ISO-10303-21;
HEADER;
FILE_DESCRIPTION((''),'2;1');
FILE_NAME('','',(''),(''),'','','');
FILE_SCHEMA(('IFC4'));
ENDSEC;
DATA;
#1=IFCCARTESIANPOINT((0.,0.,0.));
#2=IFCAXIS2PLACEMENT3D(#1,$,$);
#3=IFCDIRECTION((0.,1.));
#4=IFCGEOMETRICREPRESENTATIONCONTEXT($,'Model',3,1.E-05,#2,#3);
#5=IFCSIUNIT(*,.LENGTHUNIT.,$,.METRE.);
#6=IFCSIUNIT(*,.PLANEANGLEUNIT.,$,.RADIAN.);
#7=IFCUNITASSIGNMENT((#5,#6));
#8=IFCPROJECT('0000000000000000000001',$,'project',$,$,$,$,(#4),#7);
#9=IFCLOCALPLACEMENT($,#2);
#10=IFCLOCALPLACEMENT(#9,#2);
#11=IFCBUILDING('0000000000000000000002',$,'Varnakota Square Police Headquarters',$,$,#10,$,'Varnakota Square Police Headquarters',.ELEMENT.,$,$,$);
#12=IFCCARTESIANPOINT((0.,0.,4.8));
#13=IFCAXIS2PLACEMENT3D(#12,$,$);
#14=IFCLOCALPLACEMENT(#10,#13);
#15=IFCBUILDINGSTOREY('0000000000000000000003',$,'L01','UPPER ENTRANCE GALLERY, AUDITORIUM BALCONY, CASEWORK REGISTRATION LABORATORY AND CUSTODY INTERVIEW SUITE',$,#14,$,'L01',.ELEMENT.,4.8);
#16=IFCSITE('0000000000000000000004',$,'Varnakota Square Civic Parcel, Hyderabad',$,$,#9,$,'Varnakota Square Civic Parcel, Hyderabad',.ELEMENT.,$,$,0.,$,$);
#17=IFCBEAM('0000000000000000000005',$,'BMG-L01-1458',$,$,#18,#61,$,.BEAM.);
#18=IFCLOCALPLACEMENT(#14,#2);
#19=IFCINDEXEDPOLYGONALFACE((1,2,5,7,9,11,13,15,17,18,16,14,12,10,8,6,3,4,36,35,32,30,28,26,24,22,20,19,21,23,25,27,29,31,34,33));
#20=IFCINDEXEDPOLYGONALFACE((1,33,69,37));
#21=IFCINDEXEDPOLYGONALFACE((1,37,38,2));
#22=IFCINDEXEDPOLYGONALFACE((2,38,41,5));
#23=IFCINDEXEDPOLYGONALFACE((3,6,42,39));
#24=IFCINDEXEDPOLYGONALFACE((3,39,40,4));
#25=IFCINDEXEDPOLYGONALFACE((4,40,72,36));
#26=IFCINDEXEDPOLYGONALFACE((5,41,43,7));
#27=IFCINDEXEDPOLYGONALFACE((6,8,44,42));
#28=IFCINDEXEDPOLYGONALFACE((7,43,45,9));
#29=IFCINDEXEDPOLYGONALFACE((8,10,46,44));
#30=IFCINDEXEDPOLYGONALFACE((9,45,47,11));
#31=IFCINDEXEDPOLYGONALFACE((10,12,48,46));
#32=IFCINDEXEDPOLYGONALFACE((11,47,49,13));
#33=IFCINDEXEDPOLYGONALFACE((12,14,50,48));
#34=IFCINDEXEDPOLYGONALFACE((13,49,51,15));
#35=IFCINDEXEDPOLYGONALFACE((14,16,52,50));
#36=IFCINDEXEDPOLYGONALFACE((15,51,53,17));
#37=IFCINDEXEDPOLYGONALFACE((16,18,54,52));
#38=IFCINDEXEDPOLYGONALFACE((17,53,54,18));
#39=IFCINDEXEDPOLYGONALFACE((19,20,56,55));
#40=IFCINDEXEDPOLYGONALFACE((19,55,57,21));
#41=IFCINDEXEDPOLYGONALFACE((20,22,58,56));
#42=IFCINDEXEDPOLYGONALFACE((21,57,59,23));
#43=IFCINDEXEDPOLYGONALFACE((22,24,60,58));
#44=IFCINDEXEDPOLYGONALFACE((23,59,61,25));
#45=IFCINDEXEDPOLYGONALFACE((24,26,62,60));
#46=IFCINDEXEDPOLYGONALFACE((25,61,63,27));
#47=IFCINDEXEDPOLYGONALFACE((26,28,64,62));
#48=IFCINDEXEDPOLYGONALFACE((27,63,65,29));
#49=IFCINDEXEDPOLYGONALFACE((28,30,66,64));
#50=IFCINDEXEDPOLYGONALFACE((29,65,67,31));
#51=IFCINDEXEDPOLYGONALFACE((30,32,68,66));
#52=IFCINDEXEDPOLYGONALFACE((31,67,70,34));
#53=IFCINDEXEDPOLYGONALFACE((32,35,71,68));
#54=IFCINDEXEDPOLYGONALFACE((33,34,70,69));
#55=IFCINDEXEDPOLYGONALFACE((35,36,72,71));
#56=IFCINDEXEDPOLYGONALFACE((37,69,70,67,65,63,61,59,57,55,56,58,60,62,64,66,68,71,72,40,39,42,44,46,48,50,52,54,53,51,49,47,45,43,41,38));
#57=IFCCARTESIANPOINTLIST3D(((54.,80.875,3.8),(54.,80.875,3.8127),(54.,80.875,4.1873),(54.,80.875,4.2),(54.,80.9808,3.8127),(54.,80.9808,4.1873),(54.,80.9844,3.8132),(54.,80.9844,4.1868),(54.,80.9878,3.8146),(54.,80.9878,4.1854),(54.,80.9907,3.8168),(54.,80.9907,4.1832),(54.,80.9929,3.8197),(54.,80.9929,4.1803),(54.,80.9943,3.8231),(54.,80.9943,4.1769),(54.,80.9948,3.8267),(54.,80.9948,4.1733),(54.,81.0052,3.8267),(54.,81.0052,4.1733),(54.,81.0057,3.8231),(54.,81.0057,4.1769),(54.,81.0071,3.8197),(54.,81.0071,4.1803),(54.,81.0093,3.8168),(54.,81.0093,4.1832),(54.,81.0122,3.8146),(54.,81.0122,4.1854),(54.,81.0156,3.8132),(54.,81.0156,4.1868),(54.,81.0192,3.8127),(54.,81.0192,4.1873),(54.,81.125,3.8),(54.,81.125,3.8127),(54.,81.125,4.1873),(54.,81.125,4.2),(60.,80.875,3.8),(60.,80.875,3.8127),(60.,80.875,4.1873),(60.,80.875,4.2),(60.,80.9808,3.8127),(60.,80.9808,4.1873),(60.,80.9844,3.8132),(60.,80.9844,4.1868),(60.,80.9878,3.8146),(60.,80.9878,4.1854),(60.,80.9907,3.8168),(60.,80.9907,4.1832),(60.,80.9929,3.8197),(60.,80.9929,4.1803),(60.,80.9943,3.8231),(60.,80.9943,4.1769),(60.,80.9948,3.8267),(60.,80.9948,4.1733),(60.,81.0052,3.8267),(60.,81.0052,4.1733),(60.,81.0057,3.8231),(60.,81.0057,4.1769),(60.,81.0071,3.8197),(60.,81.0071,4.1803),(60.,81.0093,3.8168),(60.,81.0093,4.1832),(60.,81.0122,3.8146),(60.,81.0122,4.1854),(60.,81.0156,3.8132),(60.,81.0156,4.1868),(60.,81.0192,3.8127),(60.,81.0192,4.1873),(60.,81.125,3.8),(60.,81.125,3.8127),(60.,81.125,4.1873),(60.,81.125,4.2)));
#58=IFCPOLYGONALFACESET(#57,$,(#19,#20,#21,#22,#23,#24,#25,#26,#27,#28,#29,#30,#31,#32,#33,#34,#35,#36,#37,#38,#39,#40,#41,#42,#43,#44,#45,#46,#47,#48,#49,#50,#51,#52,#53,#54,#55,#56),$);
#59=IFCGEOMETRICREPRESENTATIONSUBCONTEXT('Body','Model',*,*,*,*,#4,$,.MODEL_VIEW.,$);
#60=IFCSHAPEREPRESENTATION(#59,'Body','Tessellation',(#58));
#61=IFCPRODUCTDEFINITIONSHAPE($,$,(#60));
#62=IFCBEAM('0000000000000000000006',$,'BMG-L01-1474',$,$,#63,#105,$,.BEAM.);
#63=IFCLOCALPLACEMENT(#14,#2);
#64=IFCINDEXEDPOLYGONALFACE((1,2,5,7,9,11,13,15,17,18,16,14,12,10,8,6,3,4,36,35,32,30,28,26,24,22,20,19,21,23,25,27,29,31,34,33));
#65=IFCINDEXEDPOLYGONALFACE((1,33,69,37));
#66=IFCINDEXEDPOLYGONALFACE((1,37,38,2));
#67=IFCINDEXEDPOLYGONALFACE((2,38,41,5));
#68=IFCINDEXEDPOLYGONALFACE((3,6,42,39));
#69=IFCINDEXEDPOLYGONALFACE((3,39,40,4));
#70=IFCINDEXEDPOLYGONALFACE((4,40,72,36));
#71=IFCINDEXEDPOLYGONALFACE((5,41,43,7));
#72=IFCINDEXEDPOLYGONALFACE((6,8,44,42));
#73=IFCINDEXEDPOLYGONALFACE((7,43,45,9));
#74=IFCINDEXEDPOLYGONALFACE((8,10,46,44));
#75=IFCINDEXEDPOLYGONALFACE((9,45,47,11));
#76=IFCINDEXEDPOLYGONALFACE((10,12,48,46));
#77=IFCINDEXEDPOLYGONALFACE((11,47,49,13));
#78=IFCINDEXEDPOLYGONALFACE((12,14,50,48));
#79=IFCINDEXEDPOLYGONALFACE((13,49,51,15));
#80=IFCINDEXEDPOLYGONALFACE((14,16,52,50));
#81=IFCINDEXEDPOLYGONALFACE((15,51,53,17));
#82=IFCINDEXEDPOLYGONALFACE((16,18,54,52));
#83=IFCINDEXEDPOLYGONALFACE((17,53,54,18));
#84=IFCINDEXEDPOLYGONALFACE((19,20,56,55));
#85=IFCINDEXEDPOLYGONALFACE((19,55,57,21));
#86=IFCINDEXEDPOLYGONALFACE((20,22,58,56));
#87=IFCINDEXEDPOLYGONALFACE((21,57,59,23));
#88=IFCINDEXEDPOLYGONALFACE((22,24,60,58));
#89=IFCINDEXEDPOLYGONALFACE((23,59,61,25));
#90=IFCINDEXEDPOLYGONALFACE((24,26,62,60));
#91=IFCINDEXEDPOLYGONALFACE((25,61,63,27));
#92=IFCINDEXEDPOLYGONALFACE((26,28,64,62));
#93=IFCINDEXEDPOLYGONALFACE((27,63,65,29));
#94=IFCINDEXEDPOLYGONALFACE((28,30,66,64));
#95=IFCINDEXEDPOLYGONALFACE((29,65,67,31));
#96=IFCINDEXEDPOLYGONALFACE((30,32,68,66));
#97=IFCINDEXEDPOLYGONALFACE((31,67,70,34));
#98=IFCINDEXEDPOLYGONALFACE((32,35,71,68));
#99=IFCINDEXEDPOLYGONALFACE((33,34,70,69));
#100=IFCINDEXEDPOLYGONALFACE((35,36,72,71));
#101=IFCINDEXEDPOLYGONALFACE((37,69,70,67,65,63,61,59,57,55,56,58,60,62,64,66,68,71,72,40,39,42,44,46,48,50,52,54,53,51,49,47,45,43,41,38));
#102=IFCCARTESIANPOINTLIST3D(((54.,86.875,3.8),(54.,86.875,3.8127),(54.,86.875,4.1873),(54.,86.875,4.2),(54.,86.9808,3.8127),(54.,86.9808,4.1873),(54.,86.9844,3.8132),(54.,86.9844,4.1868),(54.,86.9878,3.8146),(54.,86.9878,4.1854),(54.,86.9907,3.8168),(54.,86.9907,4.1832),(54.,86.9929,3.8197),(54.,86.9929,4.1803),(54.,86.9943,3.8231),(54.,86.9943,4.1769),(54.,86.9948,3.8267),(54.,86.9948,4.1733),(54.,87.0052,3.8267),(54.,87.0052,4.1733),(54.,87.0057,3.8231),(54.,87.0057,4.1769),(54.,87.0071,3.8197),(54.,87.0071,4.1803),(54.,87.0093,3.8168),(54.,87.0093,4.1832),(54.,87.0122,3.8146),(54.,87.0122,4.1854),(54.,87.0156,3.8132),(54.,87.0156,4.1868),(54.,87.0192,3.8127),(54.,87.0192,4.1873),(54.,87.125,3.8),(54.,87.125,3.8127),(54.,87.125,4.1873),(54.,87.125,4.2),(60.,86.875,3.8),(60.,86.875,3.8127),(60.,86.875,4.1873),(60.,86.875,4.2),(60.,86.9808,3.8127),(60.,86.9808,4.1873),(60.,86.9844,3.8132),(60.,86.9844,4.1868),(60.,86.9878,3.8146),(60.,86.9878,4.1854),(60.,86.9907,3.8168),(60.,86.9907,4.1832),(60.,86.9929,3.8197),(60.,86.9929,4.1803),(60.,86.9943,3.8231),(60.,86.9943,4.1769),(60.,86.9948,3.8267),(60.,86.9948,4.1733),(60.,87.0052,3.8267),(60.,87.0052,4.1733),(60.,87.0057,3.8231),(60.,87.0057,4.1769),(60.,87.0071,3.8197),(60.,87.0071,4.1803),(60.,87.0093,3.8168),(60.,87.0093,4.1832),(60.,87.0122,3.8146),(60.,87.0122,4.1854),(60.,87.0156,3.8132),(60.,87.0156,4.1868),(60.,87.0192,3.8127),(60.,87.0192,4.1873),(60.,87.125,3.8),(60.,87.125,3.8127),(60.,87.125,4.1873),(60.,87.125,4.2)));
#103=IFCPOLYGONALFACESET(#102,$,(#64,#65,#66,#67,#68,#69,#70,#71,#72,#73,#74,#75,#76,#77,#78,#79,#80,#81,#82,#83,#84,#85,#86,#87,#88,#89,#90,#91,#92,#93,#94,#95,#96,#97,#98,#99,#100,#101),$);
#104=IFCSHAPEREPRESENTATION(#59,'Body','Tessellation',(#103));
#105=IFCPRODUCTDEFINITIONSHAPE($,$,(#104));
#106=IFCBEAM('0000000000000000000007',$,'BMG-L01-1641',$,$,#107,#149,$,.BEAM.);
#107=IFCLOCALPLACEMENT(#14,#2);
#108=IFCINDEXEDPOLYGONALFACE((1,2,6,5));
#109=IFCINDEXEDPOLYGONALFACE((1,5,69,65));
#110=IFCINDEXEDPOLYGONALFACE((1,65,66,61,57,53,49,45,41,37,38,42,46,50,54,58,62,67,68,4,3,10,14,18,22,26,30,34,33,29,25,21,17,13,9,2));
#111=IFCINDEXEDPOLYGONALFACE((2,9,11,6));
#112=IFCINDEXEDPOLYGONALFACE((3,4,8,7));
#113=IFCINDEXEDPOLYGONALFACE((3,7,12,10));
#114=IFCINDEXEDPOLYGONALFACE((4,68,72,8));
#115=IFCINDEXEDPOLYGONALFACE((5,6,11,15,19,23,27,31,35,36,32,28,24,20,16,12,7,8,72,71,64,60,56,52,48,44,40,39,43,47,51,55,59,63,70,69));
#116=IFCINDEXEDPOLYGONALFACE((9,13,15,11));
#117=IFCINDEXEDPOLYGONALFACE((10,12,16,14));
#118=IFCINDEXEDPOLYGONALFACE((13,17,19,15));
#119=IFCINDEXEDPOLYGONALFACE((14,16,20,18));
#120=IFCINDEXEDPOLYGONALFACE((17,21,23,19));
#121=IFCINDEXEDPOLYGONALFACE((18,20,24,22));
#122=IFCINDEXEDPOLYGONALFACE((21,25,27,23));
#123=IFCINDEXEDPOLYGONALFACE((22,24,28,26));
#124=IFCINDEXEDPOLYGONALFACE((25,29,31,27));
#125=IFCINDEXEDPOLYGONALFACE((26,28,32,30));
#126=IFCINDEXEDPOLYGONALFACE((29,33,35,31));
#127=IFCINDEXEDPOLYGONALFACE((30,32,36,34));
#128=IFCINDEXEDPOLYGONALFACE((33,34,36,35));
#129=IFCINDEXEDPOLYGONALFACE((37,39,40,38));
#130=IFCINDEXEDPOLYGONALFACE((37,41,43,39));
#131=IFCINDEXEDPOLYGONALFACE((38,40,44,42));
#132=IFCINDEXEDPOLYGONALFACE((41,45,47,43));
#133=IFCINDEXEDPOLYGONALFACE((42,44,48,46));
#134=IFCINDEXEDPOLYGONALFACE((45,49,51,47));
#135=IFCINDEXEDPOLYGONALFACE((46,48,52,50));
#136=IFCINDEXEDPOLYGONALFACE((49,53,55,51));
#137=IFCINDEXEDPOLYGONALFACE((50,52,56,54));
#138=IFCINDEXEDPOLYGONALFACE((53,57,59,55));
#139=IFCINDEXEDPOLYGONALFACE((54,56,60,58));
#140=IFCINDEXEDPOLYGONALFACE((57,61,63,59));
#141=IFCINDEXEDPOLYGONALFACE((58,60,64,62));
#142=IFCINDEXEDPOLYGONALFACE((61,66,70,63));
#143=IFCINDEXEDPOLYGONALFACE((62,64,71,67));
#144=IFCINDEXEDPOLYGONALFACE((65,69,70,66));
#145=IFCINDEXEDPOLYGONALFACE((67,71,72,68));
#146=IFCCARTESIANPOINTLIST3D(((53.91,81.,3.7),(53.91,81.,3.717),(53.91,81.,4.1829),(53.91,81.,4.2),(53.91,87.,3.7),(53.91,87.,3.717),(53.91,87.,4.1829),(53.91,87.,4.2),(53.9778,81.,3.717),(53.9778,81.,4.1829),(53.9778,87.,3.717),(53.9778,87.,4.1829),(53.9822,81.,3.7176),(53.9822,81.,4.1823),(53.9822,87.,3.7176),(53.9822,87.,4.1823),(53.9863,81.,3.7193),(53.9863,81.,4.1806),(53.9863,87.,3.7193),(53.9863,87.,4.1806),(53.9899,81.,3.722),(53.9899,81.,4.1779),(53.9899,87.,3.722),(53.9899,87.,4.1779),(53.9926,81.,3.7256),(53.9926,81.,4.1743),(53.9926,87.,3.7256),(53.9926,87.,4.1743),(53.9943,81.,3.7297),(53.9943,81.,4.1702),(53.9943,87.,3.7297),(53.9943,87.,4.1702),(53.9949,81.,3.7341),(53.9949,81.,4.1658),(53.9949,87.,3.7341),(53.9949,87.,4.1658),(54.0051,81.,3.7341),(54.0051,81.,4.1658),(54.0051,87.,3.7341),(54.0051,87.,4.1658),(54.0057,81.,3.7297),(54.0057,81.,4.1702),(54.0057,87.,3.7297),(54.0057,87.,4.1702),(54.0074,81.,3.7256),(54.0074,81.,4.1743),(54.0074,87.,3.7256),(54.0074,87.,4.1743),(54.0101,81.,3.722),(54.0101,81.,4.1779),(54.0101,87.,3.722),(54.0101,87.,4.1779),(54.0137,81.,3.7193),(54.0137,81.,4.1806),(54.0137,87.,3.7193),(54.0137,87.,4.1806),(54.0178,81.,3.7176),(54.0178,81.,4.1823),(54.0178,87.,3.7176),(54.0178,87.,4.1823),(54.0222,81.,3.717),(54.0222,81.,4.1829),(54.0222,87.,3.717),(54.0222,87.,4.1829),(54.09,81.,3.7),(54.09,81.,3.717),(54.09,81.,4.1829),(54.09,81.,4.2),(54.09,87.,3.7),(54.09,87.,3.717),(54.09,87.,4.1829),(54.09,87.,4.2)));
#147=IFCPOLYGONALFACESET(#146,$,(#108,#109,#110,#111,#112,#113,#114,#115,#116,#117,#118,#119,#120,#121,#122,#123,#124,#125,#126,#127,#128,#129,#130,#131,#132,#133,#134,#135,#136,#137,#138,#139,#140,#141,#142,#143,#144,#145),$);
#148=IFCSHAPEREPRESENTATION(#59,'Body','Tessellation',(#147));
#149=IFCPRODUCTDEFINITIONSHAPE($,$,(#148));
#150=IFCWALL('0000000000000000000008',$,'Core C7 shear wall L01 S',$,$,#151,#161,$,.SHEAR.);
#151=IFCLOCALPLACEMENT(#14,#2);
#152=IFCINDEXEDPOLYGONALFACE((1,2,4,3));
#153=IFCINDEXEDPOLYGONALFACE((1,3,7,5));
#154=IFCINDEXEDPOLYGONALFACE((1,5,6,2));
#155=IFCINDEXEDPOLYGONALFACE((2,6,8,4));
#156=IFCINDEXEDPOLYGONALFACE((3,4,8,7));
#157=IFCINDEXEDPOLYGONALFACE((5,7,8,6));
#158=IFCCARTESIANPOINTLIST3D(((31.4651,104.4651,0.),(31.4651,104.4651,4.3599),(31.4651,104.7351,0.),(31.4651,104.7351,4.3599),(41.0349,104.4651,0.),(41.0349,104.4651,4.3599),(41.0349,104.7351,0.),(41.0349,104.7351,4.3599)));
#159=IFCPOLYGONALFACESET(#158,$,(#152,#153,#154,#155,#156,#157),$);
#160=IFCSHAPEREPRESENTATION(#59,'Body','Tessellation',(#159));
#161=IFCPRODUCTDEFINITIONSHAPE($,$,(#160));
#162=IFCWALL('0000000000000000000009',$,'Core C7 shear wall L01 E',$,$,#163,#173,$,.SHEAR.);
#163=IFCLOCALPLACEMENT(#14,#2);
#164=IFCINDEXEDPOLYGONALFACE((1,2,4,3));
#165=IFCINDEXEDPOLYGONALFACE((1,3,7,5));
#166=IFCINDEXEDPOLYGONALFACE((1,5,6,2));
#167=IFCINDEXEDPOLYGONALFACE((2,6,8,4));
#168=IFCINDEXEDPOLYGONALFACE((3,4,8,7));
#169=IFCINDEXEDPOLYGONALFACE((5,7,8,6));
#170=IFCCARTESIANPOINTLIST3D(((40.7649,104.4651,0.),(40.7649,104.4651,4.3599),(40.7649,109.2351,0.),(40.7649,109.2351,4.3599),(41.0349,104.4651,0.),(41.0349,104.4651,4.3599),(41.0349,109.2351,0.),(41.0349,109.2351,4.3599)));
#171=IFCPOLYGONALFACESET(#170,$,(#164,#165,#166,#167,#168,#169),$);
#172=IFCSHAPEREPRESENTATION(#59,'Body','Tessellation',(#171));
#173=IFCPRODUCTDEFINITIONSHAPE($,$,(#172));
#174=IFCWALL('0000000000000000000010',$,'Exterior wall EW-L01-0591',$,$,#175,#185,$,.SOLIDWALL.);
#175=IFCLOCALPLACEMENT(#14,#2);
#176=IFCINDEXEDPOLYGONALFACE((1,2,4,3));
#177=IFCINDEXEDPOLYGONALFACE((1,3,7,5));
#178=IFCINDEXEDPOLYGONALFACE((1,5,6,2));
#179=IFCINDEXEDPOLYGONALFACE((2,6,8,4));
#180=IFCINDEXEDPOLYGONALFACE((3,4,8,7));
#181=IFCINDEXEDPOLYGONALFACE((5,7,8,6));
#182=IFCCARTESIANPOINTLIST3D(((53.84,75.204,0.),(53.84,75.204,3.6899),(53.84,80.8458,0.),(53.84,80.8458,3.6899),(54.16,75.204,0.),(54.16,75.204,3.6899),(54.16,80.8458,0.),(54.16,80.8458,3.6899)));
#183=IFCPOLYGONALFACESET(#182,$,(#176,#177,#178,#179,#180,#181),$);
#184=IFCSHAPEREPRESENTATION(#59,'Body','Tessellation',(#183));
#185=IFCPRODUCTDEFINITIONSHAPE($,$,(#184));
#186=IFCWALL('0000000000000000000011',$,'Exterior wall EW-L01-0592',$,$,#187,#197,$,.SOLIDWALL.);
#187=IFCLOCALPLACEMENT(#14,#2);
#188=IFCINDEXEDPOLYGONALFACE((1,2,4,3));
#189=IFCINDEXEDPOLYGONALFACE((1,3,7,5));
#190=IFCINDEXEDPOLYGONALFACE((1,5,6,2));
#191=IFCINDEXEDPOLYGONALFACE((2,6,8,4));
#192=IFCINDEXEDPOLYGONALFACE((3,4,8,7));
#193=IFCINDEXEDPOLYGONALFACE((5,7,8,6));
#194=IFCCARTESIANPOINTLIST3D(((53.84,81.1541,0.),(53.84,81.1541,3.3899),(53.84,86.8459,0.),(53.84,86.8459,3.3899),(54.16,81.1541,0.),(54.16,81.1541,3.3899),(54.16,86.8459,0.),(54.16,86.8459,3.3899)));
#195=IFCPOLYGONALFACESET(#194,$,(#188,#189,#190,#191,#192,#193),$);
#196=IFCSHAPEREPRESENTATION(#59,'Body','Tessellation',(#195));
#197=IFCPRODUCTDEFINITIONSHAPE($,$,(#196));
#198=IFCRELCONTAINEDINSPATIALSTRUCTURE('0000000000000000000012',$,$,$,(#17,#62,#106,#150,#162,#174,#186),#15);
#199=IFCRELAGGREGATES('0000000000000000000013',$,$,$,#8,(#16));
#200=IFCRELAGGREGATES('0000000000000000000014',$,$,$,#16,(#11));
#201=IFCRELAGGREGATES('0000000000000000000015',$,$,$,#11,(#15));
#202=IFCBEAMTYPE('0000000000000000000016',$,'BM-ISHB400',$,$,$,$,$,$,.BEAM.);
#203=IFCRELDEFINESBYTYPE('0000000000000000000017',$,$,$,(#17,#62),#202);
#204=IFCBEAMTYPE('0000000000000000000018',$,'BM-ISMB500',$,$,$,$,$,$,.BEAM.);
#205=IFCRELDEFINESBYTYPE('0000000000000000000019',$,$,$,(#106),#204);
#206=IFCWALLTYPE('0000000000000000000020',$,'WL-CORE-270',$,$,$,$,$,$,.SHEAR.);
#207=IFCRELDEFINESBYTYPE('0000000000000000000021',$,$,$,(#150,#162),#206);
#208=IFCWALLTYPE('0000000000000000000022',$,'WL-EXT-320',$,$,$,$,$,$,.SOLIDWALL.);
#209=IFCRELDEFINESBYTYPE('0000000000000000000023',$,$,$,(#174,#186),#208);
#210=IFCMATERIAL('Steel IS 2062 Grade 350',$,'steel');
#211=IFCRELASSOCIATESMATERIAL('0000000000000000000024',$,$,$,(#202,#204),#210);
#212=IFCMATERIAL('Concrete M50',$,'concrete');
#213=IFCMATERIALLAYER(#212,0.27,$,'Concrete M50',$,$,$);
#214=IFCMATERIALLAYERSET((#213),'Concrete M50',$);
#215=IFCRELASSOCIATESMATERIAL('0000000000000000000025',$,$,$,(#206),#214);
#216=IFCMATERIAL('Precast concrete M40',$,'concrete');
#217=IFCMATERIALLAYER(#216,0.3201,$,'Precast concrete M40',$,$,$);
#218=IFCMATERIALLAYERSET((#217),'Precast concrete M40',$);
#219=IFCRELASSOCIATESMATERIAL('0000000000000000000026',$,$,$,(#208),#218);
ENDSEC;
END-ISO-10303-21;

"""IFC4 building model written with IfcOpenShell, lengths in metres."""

from ifc_helpers import new_model, si_unit, direction, frame, frame_2d, origin, origin_2d, place, context, subcontext, project, spatial, rectangle, i_section, extrude, material, layer, layer_set, material_profile, profile_set, type_object, element, save


model = new_model("IFC4")

# Units and contexts
model_context = context("Model", 3, precision=1e-05, world=origin(), true_north=direction((0.0, 1.0)))
body_context = subcontext(model_context, "Body", "Model", "MODEL_VIEW")
ifc_project = project(units=[si_unit("LENGTHUNIT", "METRE"), si_unit("PLANEANGLEUNIT", "RADIAN")], contexts=[model_context])

# Site, building, storey
site_placement = place(None, origin())
site = spatial("IfcSite", under=ifc_project, at=site_placement, Name="Varnakota Square Civic Parcel, Hyderabad", LongName="Varnakota Square Civic Parcel, Hyderabad", CompositionType="ELEMENT", RefElevation=0.0)
building_placement = place(site_placement, origin())
building = spatial("IfcBuilding", under=site, at=building_placement, Name="Varnakota Square Police Headquarters", LongName="Varnakota Square Police Headquarters", CompositionType="ELEMENT")
storey_placement = place(building_placement, frame((0.0, 0.0, 4.8)))
storey = spatial("IfcBuildingStorey", under=building, at=storey_placement, Name="L01", Description="UPPER ENTRANCE GALLERY, AUDITORIUM BALCONY, CASEWORK REGISTRATION LABORATORY AND CUSTODY INTERVIEW SUITE", LongName="L01", CompositionType="ELEMENT", Elevation=4.8)

# Shared definitions
ifc_material_1 = material(Name="Steel IS 2062 Grade 350", Category="steel")

# Beams
ifc_material_profile_1 = material_profile(ifc_material_1, i_section(OverallWidth=0.25, OverallDepth=0.3999, WebThickness=0.0105, FlangeThickness=0.0127, FilletRadius=0.0139, at=origin_2d()), Name="ISHB 400")
ifc_profile_set_1 = profile_set([ifc_material_profile_1], Name="Steel IS 2062 Grade 350")
beam_type_1 = type_object("IfcBeamType", Name="BM-ISHB400", PredefinedType="BEAM", material=ifc_profile_set_1)
for number, where, z_axis, x_axis, name in (
    (1, (54.0, 81.0, 4.0), (1.0, 0.0, 0.0), (0.0, 1.0, 0.0), "BMG-L01-1458"),
    (2, (54.0, 87.0, 4.0), (1.0, 0.0, 0.0), (0.0, 1.0, 0.0), "BMG-L01-1474"),
):
    element("IfcBeam", number, at=place(storey_placement, frame(where, z_axis=z_axis, x_axis=x_axis)), inside=storey, type_object=beam_type_1, Name=name, PredefinedType="BEAM", context=body_context, shape_type="SweptSolid", body=[
        extrude(i_section(OverallWidth=0.25, OverallDepth=0.3999, WebThickness=0.0105, FlangeThickness=0.0127, FilletRadius=0.0139, at=origin_2d()), origin(), (0.0, 0.0, 1.0), 6.0),
    ])
ifc_material_profile_2 = material_profile(ifc_material_1, i_section(OverallWidth=0.1799, OverallDepth=0.5, WebThickness=0.0103, FlangeThickness=0.0171, FilletRadius=0.0171, at=origin_2d()), Name="ISMB 500")
ifc_profile_set_2 = profile_set([ifc_material_profile_2], Name="Steel IS 2062 Grade 350")
beam_type_2 = type_object("IfcBeamType", Name="BM-ISMB500", PredefinedType="BEAM", material=ifc_profile_set_2)
beam_1_placement = place(storey_placement, frame((54.0, 81.0, 3.95), z_axis=(0.0, 1.0, 0.0), x_axis=(-1.0, 0.0, 0.0)))
element("IfcBeam", 3, at=beam_1_placement, inside=storey, type_object=beam_type_2, Name="BMG-L01-1641", PredefinedType="BEAM", context=body_context, shape_type="SweptSolid", body=[
    extrude(i_section(OverallWidth=0.1799, OverallDepth=0.5, WebThickness=0.0103, FlangeThickness=0.0171, FilletRadius=0.0171, at=origin_2d()), origin(), (0.0, 0.0, 1.0), 6.0),
])

# Walls
ifc_material_2 = material(Name="Concrete M50", Category="concrete")
ifc_layer_1 = layer(ifc_material_2, 0.27, Name="Concrete M50")
ifc_layer_set_1 = layer_set([ifc_layer_1], Name="Concrete M50")
wall_type_1 = type_object("IfcWallType", Name="WL-CORE-270", PredefinedType="SHEAR", material=ifc_layer_set_1)
wall_1_placement = place(storey_placement, frame((31.4651, 104.6001, 0.0), z_axis=(0.0, 0.0, 1.0), x_axis=(1.0, 0.0, 0.0)))
element("IfcWall", 4, at=wall_1_placement, inside=storey, type_object=wall_type_1, Name="Core C7 shear wall L01 S", PredefinedType="SHEAR", context=body_context, shape_type="SweptSolid", body=[
    extrude(rectangle(XDim=9.5698, YDim=0.27, at=frame_2d((4.7849, 0.0))), origin(), (0.0, 0.0, 1.0), 4.3599),
])
wall_2_placement = place(storey_placement, frame((40.8999, 104.4651, 0.0), z_axis=(0.0, 0.0, 1.0), x_axis=(0.0, 1.0, 0.0)))
element("IfcWall", 5, at=wall_2_placement, inside=storey, type_object=wall_type_1, Name="Core C7 shear wall L01 E", PredefinedType="SHEAR", context=body_context, shape_type="SweptSolid", body=[
    extrude(rectangle(XDim=4.77, YDim=0.27, at=frame_2d((2.385, 0.0))), origin(), (0.0, 0.0, 1.0), 4.3599),
])
ifc_material_3 = material(Name="Precast concrete M40", Category="concrete")
ifc_layer_2 = layer(ifc_material_3, 0.3201, Name="Precast concrete M40")
ifc_layer_set_2 = layer_set([ifc_layer_2], Name="Precast concrete M40")
wall_type_2 = type_object("IfcWallType", Name="WL-EXT-320", PredefinedType="SOLIDWALL", material=ifc_layer_set_2)
wall_3_placement = place(storey_placement, frame((54.0, 75.2041, 0.0), z_axis=(0.0, 0.0, 1.0), x_axis=(0.0, 1.0, 0.0)))
element("IfcWall", 6, at=wall_3_placement, inside=storey, type_object=wall_type_2, Name="Exterior wall EW-L01-0591", PredefinedType="SOLIDWALL", context=body_context, shape_type="SweptSolid", body=[
    extrude(rectangle(XDim=5.6418, YDim=0.3201, at=frame_2d((2.8208, 0.0))), origin(), (0.0, 0.0, 1.0), 3.6899),
])
wall_4_placement = place(storey_placement, frame((54.0, 81.1541, 0.0), z_axis=(0.0, 0.0, 1.0), x_axis=(0.0, 1.0, 0.0)))
element("IfcWall", 7, at=wall_4_placement, inside=storey, type_object=wall_type_2, Name="Exterior wall EW-L01-0592", PredefinedType="SOLIDWALL", context=body_context, shape_type="SweptSolid", body=[
    extrude(rectangle(XDim=5.6919, YDim=0.3201, at=frame_2d((2.8459, 0.0))), origin(), (0.0, 0.0, 1.0), 3.3899),
])

save(model, "model.ifc")
